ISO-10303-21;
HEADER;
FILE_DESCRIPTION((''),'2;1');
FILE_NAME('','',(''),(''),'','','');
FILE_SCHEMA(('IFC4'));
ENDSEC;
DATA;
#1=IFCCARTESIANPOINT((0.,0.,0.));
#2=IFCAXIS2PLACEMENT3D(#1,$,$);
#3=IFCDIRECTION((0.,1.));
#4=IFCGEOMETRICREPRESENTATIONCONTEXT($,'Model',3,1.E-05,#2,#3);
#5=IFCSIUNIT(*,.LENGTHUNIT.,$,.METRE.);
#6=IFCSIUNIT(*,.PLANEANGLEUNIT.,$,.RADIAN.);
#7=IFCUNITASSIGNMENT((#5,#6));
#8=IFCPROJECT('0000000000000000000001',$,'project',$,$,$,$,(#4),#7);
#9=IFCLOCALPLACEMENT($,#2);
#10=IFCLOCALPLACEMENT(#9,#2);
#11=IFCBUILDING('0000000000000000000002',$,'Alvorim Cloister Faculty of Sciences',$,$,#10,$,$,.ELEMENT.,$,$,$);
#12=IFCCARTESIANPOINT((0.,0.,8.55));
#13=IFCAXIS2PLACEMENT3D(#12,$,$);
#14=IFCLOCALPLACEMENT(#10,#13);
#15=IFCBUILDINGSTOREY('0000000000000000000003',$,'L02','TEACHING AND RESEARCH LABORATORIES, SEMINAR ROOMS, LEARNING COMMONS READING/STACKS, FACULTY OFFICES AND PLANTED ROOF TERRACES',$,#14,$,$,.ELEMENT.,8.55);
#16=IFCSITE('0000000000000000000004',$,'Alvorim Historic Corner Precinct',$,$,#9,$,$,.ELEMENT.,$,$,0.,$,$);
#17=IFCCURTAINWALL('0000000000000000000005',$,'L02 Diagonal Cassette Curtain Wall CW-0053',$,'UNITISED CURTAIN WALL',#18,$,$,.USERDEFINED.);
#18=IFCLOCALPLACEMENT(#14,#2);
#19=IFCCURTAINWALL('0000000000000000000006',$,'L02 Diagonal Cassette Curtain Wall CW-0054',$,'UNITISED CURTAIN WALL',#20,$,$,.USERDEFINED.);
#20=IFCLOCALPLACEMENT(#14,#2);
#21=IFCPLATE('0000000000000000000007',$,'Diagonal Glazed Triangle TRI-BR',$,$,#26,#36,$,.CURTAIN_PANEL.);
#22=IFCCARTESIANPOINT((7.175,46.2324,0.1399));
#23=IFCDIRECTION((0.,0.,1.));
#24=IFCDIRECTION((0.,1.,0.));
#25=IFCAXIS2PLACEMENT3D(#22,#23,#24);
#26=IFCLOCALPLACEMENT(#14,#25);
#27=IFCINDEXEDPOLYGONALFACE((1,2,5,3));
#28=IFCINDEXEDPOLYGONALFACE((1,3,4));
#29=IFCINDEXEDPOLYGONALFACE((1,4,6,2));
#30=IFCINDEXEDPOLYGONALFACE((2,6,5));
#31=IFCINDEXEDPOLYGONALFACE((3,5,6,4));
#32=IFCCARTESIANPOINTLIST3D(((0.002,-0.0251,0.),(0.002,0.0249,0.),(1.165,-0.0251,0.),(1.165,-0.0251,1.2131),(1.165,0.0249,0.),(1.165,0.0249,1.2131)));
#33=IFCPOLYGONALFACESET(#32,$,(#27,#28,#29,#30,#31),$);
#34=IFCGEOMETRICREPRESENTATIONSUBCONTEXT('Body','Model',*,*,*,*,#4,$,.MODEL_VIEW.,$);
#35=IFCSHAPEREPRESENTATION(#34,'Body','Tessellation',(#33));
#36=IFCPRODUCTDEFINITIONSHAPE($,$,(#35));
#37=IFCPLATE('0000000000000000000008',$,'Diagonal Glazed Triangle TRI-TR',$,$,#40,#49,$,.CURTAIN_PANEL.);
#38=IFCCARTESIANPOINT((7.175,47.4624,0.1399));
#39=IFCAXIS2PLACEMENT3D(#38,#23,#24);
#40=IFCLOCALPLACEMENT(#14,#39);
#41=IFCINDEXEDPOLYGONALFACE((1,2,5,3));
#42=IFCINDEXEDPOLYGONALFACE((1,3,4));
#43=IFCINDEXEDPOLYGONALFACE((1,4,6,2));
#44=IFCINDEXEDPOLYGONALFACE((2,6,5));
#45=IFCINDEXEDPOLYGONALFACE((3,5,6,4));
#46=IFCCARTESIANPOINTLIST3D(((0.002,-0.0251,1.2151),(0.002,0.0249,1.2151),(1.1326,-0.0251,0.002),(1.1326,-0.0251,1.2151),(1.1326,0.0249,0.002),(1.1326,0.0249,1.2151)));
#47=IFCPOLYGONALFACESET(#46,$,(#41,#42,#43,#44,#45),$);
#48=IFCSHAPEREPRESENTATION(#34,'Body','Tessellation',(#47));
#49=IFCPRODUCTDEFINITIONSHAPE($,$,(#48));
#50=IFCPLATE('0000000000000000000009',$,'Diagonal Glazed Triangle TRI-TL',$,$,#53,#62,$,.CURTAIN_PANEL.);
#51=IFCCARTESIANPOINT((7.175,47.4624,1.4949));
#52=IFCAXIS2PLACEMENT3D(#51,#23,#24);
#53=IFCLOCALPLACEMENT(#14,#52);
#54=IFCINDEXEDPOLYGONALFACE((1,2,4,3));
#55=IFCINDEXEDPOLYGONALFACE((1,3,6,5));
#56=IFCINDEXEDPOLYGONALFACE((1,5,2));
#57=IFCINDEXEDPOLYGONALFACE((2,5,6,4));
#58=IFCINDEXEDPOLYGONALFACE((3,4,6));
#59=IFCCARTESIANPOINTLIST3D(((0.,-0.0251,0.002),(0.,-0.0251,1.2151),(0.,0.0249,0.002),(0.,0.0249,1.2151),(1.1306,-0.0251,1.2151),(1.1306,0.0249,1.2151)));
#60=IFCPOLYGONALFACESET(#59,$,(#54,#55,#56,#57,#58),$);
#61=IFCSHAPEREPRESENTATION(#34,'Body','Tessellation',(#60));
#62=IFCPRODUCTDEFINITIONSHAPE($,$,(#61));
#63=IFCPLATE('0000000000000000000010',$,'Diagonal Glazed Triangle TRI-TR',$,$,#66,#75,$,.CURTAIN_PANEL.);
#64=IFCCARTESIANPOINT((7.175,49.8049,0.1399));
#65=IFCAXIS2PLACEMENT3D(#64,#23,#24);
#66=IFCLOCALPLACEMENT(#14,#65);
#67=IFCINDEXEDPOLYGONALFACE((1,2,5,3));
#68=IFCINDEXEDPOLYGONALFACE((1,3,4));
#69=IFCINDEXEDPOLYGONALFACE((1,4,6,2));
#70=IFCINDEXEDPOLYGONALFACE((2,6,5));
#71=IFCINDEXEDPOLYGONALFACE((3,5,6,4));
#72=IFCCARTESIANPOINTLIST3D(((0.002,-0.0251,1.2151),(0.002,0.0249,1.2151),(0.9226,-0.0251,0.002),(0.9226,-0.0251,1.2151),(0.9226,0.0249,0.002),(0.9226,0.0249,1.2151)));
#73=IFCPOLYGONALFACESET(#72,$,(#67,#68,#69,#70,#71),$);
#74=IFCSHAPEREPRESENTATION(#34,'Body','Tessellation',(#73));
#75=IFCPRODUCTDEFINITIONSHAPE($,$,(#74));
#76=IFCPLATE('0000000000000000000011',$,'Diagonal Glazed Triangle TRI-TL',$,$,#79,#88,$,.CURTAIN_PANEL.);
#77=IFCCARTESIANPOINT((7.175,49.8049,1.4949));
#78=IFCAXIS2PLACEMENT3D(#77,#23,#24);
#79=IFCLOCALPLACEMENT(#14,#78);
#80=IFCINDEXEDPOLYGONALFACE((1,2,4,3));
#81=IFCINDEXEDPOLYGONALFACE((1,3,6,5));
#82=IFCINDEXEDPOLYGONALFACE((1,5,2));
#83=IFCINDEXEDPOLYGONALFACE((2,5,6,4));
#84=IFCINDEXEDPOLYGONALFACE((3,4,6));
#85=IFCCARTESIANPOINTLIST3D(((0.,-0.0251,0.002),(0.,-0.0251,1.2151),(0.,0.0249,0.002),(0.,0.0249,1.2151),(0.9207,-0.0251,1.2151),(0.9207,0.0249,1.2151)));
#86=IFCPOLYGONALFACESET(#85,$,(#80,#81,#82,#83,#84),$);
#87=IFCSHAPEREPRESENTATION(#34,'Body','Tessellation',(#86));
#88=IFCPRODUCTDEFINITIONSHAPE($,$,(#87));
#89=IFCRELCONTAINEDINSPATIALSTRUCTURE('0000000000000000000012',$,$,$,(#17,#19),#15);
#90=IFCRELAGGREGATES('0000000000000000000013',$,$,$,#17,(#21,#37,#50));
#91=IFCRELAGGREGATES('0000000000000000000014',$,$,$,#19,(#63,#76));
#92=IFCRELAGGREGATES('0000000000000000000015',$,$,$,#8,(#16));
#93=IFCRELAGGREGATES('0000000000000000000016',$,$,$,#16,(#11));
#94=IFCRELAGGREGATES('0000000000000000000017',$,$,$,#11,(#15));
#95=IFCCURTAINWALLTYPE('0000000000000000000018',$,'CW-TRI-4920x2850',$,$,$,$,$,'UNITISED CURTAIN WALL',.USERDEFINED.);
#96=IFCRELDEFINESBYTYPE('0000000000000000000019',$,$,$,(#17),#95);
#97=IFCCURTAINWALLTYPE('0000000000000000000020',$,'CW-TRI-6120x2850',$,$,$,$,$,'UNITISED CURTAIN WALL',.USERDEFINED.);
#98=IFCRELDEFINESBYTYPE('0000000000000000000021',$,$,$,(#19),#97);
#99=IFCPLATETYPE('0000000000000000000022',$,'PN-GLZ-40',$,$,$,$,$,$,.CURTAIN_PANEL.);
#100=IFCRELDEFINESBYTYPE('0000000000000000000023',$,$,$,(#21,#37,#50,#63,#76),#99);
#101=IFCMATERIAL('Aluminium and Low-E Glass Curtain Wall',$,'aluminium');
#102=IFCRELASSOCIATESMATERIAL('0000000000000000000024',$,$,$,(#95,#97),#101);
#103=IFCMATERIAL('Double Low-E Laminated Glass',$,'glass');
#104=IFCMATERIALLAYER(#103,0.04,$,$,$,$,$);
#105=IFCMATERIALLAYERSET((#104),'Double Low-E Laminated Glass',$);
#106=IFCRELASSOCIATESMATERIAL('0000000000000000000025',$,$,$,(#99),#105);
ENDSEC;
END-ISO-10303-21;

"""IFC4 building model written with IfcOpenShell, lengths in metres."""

from ifc_helpers import new_model, si_unit, direction, frame, origin, place, context, subcontext, project, spatial, polyline, outline, extrude, material, layer, layer_set, type_object, element, aggregate, save


model = new_model("IFC4")

# Units and contexts
model_context = context("Model", 3, precision=1e-05, world=origin(), true_north=direction((0.0, 1.0)))
body_context = subcontext(model_context, "Body", "Model", "MODEL_VIEW")
ifc_project = project(units=[si_unit("LENGTHUNIT", "METRE"), si_unit("PLANEANGLEUNIT", "RADIAN")], contexts=[model_context])

# Site, building, storey
site_placement = place(None, origin())
site = spatial("IfcSite", under=ifc_project, at=site_placement, Name="Alvorim Historic Corner Precinct", CompositionType="ELEMENT", RefElevation=0.0)
building_placement = place(site_placement, origin())
building = spatial("IfcBuilding", under=site, at=building_placement, Name="Alvorim Cloister Faculty of Sciences", CompositionType="ELEMENT")
storey_placement = place(building_placement, frame((0.0, 0.0, 8.55)))
storey = spatial("IfcBuildingStorey", under=building, at=storey_placement, Name="L02", Description="TEACHING AND RESEARCH LABORATORIES, SEMINAR ROOMS, LEARNING COMMONS READING/STACKS, FACULTY OFFICES AND PLANTED ROOF TERRACES", CompositionType="ELEMENT", Elevation=8.55)

# Curtain wall
ifc_material_1 = material(Name="Aluminium and Low-E Glass Curtain Wall", Category="aluminium")
curtain_wall_type_1 = type_object("IfcCurtainWallType", Name="CW-TRI-4920x2850", ElementType="UNITISED CURTAIN WALL", PredefinedType="USERDEFINED", material=ifc_material_1)
curtain_wall_1_placement = place(storey_placement, origin())
curtain_wall_1 = element("IfcCurtainWall", 1, at=curtain_wall_1_placement, inside=storey, type_object=curtain_wall_type_1, Name="L02 Diagonal Cassette Curtain Wall CW-0053", ObjectType="UNITISED CURTAIN WALL", PredefinedType="USERDEFINED")

# Curtain wall
curtain_wall_type_2 = type_object("IfcCurtainWallType", Name="CW-TRI-6120x2850", ElementType="UNITISED CURTAIN WALL", PredefinedType="USERDEFINED", material=ifc_material_1)
curtain_wall_2_placement = place(storey_placement, origin())
curtain_wall_2 = element("IfcCurtainWall", 2, at=curtain_wall_2_placement, inside=storey, type_object=curtain_wall_type_2, Name="L02 Diagonal Cassette Curtain Wall CW-0054", ObjectType="UNITISED CURTAIN WALL", PredefinedType="USERDEFINED")

# Plates
ifc_material_2 = material(Name="Double Low-E Laminated Glass", Category="glass")
ifc_layer_1 = layer(ifc_material_2, 0.04)
ifc_layer_set_1 = layer_set([ifc_layer_1], Name="Double Low-E Laminated Glass")
plate_type = type_object("IfcPlateType", Name="PN-GLZ-40", PredefinedType="CURTAIN_PANEL", material=ifc_layer_set_1)
plate_1_placement = place(storey_placement, frame((7.175, 46.2324, 0.1399), z_axis=(0.0, 0.0, 1.0), x_axis=(0.0, 1.0, 0.0)))
plate_1 = element("IfcPlate", 3, at=plate_1_placement, type_object=plate_type, Name="Diagonal Glazed Triangle TRI-BR", PredefinedType="CURTAIN_PANEL", context=body_context, shape_type="SweptSolid", body=[
    extrude(outline(polyline([(0.002, 0.0), (1.165, 0.0), (1.165, 1.2131), (0.002, 0.0)])), frame((0.0, 0.0249, 0.0), z_axis=(0.0, -1.0, 0.0), x_axis=(1.0, 0.0, 0.0)), (0.0, 0.0, 1.0), 0.05),
])
plate_2_placement = place(storey_placement, frame((7.175, 47.4624, 0.1399), z_axis=(0.0, 0.0, 1.0), x_axis=(0.0, 1.0, 0.0)))
plate_2 = element("IfcPlate", 4, at=plate_2_placement, type_object=plate_type, Name="Diagonal Glazed Triangle TRI-TR", PredefinedType="CURTAIN_PANEL", context=body_context, shape_type="SweptSolid", body=[
    extrude(outline(polyline([(1.1326, 0.002), (1.1326, 1.2151), (0.002, 1.2151), (1.1326, 0.002)])), frame((0.0, 0.0249, 0.0), z_axis=(0.0, -1.0, 0.0), x_axis=(1.0, 0.0, 0.0)), (0.0, 0.0, 1.0), 0.05),
])
plate_3_placement = place(storey_placement, frame((7.175, 47.4624, 1.4949), z_axis=(0.0, 0.0, 1.0), x_axis=(0.0, 1.0, 0.0)))
plate_3 = element("IfcPlate", 5, at=plate_3_placement, type_object=plate_type, Name="Diagonal Glazed Triangle TRI-TL", PredefinedType="CURTAIN_PANEL", context=body_context, shape_type="SweptSolid", body=[
    extrude(outline(polyline([(1.1306, 1.2151), (0.0, 1.2151), (0.0, 0.002), (1.1306, 1.2151)])), frame((0.0, 0.0249, 0.0), z_axis=(0.0, -1.0, 0.0), x_axis=(1.0, 0.0, 0.0)), (0.0, 0.0, 1.0), 0.05),
])
aggregate(curtain_wall_1, [plate_1, plate_2, plate_3])
plate_4_placement = place(storey_placement, frame((7.175, 49.8049, 0.1399), z_axis=(0.0, 0.0, 1.0), x_axis=(0.0, 1.0, 0.0)))
plate_4 = element("IfcPlate", 6, at=plate_4_placement, type_object=plate_type, Name="Diagonal Glazed Triangle TRI-TR", PredefinedType="CURTAIN_PANEL", context=body_context, shape_type="SweptSolid", body=[
    extrude(outline(polyline([(0.9226, 0.002), (0.9226, 1.2151), (0.002, 1.2151), (0.9226, 0.002)])), frame((0.0, 0.0249, 0.0), z_axis=(0.0, -1.0, 0.0), x_axis=(1.0, 0.0, 0.0)), (0.0, 0.0, 1.0), 0.05),
])
plate_5_placement = place(storey_placement, frame((7.175, 49.8049, 1.4949), z_axis=(0.0, 0.0, 1.0), x_axis=(0.0, 1.0, 0.0)))
plate_5 = element("IfcPlate", 7, at=plate_5_placement, type_object=plate_type, Name="Diagonal Glazed Triangle TRI-TL", PredefinedType="CURTAIN_PANEL", context=body_context, shape_type="SweptSolid", body=[
    extrude(outline(polyline([(0.9207, 1.2151), (0.0, 1.2151), (0.0, 0.002), (0.9207, 1.2151)])), frame((0.0, 0.0249, 0.0), z_axis=(0.0, -1.0, 0.0), x_axis=(1.0, 0.0, 0.0)), (0.0, 0.0, 1.0), 0.05),
])
aggregate(curtain_wall_2, [plate_4, plate_5])

save(model, "model.ifc")
